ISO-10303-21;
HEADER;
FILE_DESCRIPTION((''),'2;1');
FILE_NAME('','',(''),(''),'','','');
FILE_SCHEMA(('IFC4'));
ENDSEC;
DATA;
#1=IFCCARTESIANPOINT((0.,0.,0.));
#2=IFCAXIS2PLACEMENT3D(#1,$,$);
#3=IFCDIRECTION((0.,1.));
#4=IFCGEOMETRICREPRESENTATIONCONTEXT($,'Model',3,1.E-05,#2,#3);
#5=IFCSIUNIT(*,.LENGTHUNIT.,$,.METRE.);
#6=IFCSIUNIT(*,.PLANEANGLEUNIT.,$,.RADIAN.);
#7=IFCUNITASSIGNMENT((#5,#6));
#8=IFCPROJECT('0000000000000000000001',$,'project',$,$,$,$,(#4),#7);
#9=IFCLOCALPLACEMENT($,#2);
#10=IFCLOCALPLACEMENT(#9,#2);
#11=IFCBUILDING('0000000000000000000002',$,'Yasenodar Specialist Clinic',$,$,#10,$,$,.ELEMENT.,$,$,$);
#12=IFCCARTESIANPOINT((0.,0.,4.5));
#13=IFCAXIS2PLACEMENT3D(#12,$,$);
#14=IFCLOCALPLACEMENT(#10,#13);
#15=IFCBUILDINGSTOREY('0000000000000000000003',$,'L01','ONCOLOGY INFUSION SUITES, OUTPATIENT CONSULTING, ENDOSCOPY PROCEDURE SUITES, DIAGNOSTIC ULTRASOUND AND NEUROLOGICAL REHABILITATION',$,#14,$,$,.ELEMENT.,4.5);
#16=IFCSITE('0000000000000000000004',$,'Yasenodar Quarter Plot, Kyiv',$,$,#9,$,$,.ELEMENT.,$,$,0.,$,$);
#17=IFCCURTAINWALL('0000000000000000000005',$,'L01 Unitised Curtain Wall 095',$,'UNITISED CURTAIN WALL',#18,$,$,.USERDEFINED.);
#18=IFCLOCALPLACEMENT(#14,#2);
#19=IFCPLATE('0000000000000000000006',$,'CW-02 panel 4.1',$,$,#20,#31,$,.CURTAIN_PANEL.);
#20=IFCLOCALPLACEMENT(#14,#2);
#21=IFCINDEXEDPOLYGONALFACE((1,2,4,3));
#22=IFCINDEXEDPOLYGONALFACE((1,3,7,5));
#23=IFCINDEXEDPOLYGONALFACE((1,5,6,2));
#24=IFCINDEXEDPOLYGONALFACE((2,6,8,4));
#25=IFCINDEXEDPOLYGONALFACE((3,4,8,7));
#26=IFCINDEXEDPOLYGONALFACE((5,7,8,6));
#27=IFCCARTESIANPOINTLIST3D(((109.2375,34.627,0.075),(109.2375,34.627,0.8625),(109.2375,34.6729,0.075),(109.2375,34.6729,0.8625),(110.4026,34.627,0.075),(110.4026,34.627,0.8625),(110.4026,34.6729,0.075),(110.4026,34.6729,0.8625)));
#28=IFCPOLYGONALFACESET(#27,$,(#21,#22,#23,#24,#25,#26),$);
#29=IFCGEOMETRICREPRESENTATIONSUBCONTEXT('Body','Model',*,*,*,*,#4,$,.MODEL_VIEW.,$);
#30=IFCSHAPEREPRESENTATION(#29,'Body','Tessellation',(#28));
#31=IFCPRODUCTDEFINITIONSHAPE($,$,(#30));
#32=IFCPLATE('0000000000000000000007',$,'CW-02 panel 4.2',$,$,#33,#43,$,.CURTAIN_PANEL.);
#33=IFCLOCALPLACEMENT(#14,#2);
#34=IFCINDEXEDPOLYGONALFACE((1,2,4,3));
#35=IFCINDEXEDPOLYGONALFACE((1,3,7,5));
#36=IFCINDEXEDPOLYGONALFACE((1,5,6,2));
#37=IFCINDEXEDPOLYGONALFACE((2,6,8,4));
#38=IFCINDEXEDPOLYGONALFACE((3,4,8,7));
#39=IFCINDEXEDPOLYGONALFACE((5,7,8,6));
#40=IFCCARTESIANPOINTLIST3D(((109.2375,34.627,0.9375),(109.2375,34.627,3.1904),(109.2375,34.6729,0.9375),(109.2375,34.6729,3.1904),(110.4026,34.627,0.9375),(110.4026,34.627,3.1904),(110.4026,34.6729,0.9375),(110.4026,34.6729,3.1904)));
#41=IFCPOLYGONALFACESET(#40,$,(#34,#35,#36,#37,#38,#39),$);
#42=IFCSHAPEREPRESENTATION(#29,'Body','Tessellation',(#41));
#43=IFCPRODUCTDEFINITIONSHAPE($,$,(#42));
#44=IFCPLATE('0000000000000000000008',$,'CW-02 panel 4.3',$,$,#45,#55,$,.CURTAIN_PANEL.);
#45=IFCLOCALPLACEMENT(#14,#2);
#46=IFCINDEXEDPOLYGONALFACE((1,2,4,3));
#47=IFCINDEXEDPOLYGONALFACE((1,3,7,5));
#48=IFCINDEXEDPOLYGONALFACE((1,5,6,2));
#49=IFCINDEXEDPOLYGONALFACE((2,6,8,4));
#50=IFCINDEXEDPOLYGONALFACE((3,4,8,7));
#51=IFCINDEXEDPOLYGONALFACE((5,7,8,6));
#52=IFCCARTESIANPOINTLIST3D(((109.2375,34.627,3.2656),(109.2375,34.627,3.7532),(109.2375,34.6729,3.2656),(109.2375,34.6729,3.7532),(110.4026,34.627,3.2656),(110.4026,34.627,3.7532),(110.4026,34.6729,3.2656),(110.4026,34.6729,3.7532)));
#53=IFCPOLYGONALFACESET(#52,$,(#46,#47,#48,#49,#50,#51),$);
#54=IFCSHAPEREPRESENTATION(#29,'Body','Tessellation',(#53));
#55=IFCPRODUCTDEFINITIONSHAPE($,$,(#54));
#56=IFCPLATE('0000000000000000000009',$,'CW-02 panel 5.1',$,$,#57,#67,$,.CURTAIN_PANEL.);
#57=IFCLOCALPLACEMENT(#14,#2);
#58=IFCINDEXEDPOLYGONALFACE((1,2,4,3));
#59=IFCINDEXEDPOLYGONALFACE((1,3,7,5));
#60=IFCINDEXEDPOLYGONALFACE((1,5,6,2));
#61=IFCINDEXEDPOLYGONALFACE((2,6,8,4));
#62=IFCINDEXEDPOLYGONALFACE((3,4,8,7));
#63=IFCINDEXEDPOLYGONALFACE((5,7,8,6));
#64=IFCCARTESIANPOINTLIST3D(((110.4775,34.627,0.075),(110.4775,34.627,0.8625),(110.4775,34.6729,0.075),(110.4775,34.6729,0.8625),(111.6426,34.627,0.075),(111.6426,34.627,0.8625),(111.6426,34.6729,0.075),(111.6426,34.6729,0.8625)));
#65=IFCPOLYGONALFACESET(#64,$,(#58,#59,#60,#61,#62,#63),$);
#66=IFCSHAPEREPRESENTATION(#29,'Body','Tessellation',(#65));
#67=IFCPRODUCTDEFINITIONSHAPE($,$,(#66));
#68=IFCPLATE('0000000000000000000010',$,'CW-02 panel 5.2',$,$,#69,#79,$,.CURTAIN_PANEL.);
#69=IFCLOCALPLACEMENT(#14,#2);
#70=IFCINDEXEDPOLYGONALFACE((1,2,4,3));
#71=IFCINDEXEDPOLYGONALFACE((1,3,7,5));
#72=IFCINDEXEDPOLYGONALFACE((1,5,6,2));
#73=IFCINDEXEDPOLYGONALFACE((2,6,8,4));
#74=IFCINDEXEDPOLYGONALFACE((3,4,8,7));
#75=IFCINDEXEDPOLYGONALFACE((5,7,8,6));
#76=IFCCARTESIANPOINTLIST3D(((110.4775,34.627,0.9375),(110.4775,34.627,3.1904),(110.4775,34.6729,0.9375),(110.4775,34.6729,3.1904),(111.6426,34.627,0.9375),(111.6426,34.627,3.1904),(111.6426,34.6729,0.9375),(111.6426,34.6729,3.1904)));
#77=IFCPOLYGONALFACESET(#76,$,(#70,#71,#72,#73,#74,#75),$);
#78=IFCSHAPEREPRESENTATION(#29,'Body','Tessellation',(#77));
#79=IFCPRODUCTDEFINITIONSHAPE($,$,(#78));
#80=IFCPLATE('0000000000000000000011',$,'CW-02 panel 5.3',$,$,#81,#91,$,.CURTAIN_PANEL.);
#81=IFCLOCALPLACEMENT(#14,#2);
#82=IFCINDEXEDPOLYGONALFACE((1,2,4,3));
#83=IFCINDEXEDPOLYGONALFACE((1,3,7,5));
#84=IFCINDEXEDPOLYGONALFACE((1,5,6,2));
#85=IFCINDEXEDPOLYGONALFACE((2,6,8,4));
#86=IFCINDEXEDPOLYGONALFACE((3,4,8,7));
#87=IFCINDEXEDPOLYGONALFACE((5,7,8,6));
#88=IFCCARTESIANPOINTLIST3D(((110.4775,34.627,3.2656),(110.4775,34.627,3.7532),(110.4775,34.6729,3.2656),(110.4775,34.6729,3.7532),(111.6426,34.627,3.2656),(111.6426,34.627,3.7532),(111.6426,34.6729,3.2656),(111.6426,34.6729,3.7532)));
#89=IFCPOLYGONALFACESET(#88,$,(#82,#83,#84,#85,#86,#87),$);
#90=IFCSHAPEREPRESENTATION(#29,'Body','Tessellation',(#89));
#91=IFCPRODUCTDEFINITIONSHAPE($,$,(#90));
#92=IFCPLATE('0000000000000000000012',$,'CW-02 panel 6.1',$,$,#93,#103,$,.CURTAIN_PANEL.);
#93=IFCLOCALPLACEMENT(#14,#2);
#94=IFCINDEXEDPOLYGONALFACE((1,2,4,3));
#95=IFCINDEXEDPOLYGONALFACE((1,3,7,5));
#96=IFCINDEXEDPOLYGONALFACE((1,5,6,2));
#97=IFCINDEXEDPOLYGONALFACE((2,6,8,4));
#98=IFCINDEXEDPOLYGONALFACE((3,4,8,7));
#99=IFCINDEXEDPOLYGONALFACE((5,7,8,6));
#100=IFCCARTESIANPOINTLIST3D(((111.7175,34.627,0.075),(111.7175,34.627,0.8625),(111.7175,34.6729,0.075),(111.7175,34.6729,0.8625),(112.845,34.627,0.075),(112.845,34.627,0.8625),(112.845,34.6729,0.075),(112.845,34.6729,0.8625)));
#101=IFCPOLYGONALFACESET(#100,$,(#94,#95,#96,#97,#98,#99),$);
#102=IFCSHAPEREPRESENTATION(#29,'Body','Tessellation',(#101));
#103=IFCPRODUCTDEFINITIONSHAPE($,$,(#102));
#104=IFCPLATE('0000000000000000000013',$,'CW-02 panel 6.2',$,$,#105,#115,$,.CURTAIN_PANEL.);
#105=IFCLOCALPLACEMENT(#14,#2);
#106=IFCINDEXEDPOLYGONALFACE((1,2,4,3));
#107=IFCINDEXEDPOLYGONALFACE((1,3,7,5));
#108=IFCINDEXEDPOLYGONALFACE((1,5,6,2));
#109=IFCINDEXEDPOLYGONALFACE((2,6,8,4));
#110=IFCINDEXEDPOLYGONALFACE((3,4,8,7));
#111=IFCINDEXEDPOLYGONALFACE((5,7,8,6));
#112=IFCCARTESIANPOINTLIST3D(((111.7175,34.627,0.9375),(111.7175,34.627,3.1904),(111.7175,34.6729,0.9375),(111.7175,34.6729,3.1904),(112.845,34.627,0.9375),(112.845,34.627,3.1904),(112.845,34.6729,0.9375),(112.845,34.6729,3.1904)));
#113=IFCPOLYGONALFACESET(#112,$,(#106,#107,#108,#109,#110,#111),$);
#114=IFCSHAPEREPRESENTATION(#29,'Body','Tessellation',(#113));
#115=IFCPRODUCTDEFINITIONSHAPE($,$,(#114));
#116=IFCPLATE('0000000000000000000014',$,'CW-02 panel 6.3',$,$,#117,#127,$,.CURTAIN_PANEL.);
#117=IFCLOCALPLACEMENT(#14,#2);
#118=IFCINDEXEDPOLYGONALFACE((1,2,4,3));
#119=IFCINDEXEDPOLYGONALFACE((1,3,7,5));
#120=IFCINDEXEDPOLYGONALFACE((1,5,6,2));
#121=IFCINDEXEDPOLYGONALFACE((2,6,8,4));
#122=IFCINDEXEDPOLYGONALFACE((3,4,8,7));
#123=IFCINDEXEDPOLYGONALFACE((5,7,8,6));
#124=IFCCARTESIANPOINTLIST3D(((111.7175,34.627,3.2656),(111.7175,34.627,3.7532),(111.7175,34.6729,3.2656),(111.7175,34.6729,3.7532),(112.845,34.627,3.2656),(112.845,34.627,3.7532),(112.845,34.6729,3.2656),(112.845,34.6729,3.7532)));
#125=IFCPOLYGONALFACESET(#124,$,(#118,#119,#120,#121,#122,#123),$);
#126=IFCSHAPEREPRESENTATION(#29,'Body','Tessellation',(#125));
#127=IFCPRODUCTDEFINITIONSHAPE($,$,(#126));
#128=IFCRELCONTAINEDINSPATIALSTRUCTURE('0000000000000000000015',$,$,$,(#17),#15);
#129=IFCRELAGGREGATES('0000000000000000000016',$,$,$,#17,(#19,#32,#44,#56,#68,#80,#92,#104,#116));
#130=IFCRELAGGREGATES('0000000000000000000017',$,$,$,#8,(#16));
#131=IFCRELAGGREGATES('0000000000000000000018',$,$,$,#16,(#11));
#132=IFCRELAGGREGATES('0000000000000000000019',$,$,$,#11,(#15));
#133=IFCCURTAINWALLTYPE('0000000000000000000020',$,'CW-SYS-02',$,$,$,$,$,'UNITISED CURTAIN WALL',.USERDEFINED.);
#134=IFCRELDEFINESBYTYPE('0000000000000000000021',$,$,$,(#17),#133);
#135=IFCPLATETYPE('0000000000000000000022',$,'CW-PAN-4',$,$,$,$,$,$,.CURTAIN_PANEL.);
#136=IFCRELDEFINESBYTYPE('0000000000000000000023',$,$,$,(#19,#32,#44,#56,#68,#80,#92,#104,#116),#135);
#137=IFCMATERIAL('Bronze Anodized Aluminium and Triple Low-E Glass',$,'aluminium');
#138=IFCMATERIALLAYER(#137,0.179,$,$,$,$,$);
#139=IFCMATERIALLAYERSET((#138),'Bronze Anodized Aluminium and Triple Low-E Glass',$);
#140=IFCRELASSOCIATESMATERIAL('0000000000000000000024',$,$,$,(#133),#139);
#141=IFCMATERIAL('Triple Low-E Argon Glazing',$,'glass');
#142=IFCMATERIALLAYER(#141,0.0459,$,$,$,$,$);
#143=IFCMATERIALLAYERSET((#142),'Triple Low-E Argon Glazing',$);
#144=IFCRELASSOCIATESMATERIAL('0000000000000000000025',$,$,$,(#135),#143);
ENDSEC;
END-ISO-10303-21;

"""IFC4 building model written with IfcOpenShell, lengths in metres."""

from ifc_helpers import new_model, si_unit, direction, frame, origin, origin_2d, place, context, subcontext, project, spatial, rectangle, extrude, material, layer, layer_set, type_object, element, aggregate, save


model = new_model("IFC4")

# Units and contexts
model_context = context("Model", 3, precision=1e-05, world=origin(), true_north=direction((0.0, 1.0)))
body_context = subcontext(model_context, "Body", "Model", "MODEL_VIEW")
ifc_project = project(units=[si_unit("LENGTHUNIT", "METRE"), si_unit("PLANEANGLEUNIT", "RADIAN")], contexts=[model_context])

# Site, building, storey
site_placement = place(None, origin())
site = spatial("IfcSite", under=ifc_project, at=site_placement, Name="Yasenodar Quarter Plot, Kyiv", CompositionType="ELEMENT", RefElevation=0.0)
building_placement = place(site_placement, origin())
building = spatial("IfcBuilding", under=site, at=building_placement, Name="Yasenodar Specialist Clinic", CompositionType="ELEMENT")
storey_placement = place(building_placement, frame((0.0, 0.0, 4.5)))
storey = spatial("IfcBuildingStorey", under=building, at=storey_placement, Name="L01", Description="ONCOLOGY INFUSION SUITES, OUTPATIENT CONSULTING, ENDOSCOPY PROCEDURE SUITES, DIAGNOSTIC ULTRASOUND AND NEUROLOGICAL REHABILITATION", CompositionType="ELEMENT", Elevation=4.5)

# Curtain wall, plates
ifc_material_1 = material(Name="Bronze Anodized Aluminium and Triple Low-E Glass", Category="aluminium")
ifc_layer_1 = layer(ifc_material_1, 0.179)
ifc_layer_set_1 = layer_set([ifc_layer_1], Name="Bronze Anodized Aluminium and Triple Low-E Glass")
curtain_wall_type = type_object("IfcCurtainWallType", Name="CW-SYS-02", ElementType="UNITISED CURTAIN WALL", PredefinedType="USERDEFINED", material=ifc_layer_set_1)
curtain_wall_placement = place(storey_placement, origin())
curtain_wall = element("IfcCurtainWall", 1, at=curtain_wall_placement, inside=storey, type_object=curtain_wall_type, Name="L01 Unitised Curtain Wall 095", ObjectType="UNITISED CURTAIN WALL", PredefinedType="USERDEFINED")
ifc_material_2 = material(Name="Triple Low-E Argon Glazing", Category="glass")
ifc_layer_2 = layer(ifc_material_2, 0.0459)
ifc_layer_set_2 = layer_set([ifc_layer_2], Name="Triple Low-E Argon Glazing")
plate_type = type_object("IfcPlateType", Name="CW-PAN-4", PredefinedType="CURTAIN_PANEL", material=ifc_layer_set_2)
plate_1_placement = place(storey_placement, frame((109.8201, 34.6499, 0.075), z_axis=(0.0, 0.0, 1.0), x_axis=(1.0, 0.0, 0.0)))
plate_1 = element("IfcPlate", 2, at=plate_1_placement, type_object=plate_type, Name="CW-02 panel 4.1", PredefinedType="CURTAIN_PANEL", context=body_context, shape_type="SweptSolid", body=[
    extrude(rectangle(XDim=1.165, YDim=0.0459, at=origin_2d()), origin(), (0.0, 0.0, 1.0), 0.7876),
])
plate_2_placement = place(storey_placement, frame((109.8201, 34.6499, 0.9375), z_axis=(0.0, 0.0, 1.0), x_axis=(1.0, 0.0, 0.0)))
plate_2 = element("IfcPlate", 3, at=plate_2_placement, type_object=plate_type, Name="CW-02 panel 4.2", PredefinedType="CURTAIN_PANEL", context=body_context, shape_type="SweptSolid", body=[
    extrude(rectangle(XDim=1.165, YDim=0.0459, at=origin_2d()), origin(), (0.0, 0.0, 1.0), 2.2529),
])
plate_3_placement = place(storey_placement, frame((109.8201, 34.6499, 3.2656), z_axis=(0.0, 0.0, 1.0), x_axis=(1.0, 0.0, 0.0)))
plate_3 = element("IfcPlate", 4, at=plate_3_placement, type_object=plate_type, Name="CW-02 panel 4.3", PredefinedType="CURTAIN_PANEL", context=body_context, shape_type="SweptSolid", body=[
    extrude(rectangle(XDim=1.165, YDim=0.0459, at=origin_2d()), origin(), (0.0, 0.0, 1.0), 0.4875),
])
plate_4_placement = place(storey_placement, frame((111.0601, 34.6499, 0.075), z_axis=(0.0, 0.0, 1.0), x_axis=(1.0, 0.0, 0.0)))
plate_4 = element("IfcPlate", 5, at=plate_4_placement, type_object=plate_type, Name="CW-02 panel 5.1", PredefinedType="CURTAIN_PANEL", context=body_context, shape_type="SweptSolid", body=[
    extrude(rectangle(XDim=1.165, YDim=0.0459, at=origin_2d()), origin(), (0.0, 0.0, 1.0), 0.7876),
])
plate_5_placement = place(storey_placement, frame((111.0601, 34.6499, 0.9375), z_axis=(0.0, 0.0, 1.0), x_axis=(1.0, 0.0, 0.0)))
plate_5 = element("IfcPlate", 6, at=plate_5_placement, type_object=plate_type, Name="CW-02 panel 5.2", PredefinedType="CURTAIN_PANEL", context=body_context, shape_type="SweptSolid", body=[
    extrude(rectangle(XDim=1.165, YDim=0.0459, at=origin_2d()), origin(), (0.0, 0.0, 1.0), 2.2529),
])
plate_6_placement = place(storey_placement, frame((111.0601, 34.6499, 3.2656), z_axis=(0.0, 0.0, 1.0), x_axis=(1.0, 0.0, 0.0)))
plate_6 = element("IfcPlate", 7, at=plate_6_placement, type_object=plate_type, Name="CW-02 panel 5.3", PredefinedType="CURTAIN_PANEL", context=body_context, shape_type="SweptSolid", body=[
    extrude(rectangle(XDim=1.165, YDim=0.0459, at=origin_2d()), origin(), (0.0, 0.0, 1.0), 0.4875),
])
plate_7_placement = place(storey_placement, frame((112.2812, 34.6499, 0.075), z_axis=(0.0, 0.0, 1.0), x_axis=(1.0, 0.0, 0.0)))
plate_7 = element("IfcPlate", 8, at=plate_7_placement, type_object=plate_type, Name="CW-02 panel 6.1", PredefinedType="CURTAIN_PANEL", context=body_context, shape_type="SweptSolid", body=[
    extrude(rectangle(XDim=1.1274, YDim=0.0459, at=origin_2d()), origin(), (0.0, 0.0, 1.0), 0.7876),
])
plate_8_placement = place(storey_placement, frame((112.2812, 34.6499, 0.9375), z_axis=(0.0, 0.0, 1.0), x_axis=(1.0, 0.0, 0.0)))
plate_8 = element("IfcPlate", 9, at=plate_8_placement, type_object=plate_type, Name="CW-02 panel 6.2", PredefinedType="CURTAIN_PANEL", context=body_context, shape_type="SweptSolid", body=[
    extrude(rectangle(XDim=1.1274, YDim=0.0459, at=origin_2d()), origin(), (0.0, 0.0, 1.0), 2.2529),
])
plate_9_placement = place(storey_placement, frame((112.2812, 34.6499, 3.2656), z_axis=(0.0, 0.0, 1.0), x_axis=(1.0, 0.0, 0.0)))
plate_9 = element("IfcPlate", 10, at=plate_9_placement, type_object=plate_type, Name="CW-02 panel 6.3", PredefinedType="CURTAIN_PANEL", context=body_context, shape_type="SweptSolid", body=[
    extrude(rectangle(XDim=1.1274, YDim=0.0459, at=origin_2d()), origin(), (0.0, 0.0, 1.0), 0.4875),
])
aggregate(curtain_wall, [plate_1, plate_2, plate_3, plate_4, plate_5, plate_6, plate_7, plate_8, plate_9])

save(model, "model.ifc")
